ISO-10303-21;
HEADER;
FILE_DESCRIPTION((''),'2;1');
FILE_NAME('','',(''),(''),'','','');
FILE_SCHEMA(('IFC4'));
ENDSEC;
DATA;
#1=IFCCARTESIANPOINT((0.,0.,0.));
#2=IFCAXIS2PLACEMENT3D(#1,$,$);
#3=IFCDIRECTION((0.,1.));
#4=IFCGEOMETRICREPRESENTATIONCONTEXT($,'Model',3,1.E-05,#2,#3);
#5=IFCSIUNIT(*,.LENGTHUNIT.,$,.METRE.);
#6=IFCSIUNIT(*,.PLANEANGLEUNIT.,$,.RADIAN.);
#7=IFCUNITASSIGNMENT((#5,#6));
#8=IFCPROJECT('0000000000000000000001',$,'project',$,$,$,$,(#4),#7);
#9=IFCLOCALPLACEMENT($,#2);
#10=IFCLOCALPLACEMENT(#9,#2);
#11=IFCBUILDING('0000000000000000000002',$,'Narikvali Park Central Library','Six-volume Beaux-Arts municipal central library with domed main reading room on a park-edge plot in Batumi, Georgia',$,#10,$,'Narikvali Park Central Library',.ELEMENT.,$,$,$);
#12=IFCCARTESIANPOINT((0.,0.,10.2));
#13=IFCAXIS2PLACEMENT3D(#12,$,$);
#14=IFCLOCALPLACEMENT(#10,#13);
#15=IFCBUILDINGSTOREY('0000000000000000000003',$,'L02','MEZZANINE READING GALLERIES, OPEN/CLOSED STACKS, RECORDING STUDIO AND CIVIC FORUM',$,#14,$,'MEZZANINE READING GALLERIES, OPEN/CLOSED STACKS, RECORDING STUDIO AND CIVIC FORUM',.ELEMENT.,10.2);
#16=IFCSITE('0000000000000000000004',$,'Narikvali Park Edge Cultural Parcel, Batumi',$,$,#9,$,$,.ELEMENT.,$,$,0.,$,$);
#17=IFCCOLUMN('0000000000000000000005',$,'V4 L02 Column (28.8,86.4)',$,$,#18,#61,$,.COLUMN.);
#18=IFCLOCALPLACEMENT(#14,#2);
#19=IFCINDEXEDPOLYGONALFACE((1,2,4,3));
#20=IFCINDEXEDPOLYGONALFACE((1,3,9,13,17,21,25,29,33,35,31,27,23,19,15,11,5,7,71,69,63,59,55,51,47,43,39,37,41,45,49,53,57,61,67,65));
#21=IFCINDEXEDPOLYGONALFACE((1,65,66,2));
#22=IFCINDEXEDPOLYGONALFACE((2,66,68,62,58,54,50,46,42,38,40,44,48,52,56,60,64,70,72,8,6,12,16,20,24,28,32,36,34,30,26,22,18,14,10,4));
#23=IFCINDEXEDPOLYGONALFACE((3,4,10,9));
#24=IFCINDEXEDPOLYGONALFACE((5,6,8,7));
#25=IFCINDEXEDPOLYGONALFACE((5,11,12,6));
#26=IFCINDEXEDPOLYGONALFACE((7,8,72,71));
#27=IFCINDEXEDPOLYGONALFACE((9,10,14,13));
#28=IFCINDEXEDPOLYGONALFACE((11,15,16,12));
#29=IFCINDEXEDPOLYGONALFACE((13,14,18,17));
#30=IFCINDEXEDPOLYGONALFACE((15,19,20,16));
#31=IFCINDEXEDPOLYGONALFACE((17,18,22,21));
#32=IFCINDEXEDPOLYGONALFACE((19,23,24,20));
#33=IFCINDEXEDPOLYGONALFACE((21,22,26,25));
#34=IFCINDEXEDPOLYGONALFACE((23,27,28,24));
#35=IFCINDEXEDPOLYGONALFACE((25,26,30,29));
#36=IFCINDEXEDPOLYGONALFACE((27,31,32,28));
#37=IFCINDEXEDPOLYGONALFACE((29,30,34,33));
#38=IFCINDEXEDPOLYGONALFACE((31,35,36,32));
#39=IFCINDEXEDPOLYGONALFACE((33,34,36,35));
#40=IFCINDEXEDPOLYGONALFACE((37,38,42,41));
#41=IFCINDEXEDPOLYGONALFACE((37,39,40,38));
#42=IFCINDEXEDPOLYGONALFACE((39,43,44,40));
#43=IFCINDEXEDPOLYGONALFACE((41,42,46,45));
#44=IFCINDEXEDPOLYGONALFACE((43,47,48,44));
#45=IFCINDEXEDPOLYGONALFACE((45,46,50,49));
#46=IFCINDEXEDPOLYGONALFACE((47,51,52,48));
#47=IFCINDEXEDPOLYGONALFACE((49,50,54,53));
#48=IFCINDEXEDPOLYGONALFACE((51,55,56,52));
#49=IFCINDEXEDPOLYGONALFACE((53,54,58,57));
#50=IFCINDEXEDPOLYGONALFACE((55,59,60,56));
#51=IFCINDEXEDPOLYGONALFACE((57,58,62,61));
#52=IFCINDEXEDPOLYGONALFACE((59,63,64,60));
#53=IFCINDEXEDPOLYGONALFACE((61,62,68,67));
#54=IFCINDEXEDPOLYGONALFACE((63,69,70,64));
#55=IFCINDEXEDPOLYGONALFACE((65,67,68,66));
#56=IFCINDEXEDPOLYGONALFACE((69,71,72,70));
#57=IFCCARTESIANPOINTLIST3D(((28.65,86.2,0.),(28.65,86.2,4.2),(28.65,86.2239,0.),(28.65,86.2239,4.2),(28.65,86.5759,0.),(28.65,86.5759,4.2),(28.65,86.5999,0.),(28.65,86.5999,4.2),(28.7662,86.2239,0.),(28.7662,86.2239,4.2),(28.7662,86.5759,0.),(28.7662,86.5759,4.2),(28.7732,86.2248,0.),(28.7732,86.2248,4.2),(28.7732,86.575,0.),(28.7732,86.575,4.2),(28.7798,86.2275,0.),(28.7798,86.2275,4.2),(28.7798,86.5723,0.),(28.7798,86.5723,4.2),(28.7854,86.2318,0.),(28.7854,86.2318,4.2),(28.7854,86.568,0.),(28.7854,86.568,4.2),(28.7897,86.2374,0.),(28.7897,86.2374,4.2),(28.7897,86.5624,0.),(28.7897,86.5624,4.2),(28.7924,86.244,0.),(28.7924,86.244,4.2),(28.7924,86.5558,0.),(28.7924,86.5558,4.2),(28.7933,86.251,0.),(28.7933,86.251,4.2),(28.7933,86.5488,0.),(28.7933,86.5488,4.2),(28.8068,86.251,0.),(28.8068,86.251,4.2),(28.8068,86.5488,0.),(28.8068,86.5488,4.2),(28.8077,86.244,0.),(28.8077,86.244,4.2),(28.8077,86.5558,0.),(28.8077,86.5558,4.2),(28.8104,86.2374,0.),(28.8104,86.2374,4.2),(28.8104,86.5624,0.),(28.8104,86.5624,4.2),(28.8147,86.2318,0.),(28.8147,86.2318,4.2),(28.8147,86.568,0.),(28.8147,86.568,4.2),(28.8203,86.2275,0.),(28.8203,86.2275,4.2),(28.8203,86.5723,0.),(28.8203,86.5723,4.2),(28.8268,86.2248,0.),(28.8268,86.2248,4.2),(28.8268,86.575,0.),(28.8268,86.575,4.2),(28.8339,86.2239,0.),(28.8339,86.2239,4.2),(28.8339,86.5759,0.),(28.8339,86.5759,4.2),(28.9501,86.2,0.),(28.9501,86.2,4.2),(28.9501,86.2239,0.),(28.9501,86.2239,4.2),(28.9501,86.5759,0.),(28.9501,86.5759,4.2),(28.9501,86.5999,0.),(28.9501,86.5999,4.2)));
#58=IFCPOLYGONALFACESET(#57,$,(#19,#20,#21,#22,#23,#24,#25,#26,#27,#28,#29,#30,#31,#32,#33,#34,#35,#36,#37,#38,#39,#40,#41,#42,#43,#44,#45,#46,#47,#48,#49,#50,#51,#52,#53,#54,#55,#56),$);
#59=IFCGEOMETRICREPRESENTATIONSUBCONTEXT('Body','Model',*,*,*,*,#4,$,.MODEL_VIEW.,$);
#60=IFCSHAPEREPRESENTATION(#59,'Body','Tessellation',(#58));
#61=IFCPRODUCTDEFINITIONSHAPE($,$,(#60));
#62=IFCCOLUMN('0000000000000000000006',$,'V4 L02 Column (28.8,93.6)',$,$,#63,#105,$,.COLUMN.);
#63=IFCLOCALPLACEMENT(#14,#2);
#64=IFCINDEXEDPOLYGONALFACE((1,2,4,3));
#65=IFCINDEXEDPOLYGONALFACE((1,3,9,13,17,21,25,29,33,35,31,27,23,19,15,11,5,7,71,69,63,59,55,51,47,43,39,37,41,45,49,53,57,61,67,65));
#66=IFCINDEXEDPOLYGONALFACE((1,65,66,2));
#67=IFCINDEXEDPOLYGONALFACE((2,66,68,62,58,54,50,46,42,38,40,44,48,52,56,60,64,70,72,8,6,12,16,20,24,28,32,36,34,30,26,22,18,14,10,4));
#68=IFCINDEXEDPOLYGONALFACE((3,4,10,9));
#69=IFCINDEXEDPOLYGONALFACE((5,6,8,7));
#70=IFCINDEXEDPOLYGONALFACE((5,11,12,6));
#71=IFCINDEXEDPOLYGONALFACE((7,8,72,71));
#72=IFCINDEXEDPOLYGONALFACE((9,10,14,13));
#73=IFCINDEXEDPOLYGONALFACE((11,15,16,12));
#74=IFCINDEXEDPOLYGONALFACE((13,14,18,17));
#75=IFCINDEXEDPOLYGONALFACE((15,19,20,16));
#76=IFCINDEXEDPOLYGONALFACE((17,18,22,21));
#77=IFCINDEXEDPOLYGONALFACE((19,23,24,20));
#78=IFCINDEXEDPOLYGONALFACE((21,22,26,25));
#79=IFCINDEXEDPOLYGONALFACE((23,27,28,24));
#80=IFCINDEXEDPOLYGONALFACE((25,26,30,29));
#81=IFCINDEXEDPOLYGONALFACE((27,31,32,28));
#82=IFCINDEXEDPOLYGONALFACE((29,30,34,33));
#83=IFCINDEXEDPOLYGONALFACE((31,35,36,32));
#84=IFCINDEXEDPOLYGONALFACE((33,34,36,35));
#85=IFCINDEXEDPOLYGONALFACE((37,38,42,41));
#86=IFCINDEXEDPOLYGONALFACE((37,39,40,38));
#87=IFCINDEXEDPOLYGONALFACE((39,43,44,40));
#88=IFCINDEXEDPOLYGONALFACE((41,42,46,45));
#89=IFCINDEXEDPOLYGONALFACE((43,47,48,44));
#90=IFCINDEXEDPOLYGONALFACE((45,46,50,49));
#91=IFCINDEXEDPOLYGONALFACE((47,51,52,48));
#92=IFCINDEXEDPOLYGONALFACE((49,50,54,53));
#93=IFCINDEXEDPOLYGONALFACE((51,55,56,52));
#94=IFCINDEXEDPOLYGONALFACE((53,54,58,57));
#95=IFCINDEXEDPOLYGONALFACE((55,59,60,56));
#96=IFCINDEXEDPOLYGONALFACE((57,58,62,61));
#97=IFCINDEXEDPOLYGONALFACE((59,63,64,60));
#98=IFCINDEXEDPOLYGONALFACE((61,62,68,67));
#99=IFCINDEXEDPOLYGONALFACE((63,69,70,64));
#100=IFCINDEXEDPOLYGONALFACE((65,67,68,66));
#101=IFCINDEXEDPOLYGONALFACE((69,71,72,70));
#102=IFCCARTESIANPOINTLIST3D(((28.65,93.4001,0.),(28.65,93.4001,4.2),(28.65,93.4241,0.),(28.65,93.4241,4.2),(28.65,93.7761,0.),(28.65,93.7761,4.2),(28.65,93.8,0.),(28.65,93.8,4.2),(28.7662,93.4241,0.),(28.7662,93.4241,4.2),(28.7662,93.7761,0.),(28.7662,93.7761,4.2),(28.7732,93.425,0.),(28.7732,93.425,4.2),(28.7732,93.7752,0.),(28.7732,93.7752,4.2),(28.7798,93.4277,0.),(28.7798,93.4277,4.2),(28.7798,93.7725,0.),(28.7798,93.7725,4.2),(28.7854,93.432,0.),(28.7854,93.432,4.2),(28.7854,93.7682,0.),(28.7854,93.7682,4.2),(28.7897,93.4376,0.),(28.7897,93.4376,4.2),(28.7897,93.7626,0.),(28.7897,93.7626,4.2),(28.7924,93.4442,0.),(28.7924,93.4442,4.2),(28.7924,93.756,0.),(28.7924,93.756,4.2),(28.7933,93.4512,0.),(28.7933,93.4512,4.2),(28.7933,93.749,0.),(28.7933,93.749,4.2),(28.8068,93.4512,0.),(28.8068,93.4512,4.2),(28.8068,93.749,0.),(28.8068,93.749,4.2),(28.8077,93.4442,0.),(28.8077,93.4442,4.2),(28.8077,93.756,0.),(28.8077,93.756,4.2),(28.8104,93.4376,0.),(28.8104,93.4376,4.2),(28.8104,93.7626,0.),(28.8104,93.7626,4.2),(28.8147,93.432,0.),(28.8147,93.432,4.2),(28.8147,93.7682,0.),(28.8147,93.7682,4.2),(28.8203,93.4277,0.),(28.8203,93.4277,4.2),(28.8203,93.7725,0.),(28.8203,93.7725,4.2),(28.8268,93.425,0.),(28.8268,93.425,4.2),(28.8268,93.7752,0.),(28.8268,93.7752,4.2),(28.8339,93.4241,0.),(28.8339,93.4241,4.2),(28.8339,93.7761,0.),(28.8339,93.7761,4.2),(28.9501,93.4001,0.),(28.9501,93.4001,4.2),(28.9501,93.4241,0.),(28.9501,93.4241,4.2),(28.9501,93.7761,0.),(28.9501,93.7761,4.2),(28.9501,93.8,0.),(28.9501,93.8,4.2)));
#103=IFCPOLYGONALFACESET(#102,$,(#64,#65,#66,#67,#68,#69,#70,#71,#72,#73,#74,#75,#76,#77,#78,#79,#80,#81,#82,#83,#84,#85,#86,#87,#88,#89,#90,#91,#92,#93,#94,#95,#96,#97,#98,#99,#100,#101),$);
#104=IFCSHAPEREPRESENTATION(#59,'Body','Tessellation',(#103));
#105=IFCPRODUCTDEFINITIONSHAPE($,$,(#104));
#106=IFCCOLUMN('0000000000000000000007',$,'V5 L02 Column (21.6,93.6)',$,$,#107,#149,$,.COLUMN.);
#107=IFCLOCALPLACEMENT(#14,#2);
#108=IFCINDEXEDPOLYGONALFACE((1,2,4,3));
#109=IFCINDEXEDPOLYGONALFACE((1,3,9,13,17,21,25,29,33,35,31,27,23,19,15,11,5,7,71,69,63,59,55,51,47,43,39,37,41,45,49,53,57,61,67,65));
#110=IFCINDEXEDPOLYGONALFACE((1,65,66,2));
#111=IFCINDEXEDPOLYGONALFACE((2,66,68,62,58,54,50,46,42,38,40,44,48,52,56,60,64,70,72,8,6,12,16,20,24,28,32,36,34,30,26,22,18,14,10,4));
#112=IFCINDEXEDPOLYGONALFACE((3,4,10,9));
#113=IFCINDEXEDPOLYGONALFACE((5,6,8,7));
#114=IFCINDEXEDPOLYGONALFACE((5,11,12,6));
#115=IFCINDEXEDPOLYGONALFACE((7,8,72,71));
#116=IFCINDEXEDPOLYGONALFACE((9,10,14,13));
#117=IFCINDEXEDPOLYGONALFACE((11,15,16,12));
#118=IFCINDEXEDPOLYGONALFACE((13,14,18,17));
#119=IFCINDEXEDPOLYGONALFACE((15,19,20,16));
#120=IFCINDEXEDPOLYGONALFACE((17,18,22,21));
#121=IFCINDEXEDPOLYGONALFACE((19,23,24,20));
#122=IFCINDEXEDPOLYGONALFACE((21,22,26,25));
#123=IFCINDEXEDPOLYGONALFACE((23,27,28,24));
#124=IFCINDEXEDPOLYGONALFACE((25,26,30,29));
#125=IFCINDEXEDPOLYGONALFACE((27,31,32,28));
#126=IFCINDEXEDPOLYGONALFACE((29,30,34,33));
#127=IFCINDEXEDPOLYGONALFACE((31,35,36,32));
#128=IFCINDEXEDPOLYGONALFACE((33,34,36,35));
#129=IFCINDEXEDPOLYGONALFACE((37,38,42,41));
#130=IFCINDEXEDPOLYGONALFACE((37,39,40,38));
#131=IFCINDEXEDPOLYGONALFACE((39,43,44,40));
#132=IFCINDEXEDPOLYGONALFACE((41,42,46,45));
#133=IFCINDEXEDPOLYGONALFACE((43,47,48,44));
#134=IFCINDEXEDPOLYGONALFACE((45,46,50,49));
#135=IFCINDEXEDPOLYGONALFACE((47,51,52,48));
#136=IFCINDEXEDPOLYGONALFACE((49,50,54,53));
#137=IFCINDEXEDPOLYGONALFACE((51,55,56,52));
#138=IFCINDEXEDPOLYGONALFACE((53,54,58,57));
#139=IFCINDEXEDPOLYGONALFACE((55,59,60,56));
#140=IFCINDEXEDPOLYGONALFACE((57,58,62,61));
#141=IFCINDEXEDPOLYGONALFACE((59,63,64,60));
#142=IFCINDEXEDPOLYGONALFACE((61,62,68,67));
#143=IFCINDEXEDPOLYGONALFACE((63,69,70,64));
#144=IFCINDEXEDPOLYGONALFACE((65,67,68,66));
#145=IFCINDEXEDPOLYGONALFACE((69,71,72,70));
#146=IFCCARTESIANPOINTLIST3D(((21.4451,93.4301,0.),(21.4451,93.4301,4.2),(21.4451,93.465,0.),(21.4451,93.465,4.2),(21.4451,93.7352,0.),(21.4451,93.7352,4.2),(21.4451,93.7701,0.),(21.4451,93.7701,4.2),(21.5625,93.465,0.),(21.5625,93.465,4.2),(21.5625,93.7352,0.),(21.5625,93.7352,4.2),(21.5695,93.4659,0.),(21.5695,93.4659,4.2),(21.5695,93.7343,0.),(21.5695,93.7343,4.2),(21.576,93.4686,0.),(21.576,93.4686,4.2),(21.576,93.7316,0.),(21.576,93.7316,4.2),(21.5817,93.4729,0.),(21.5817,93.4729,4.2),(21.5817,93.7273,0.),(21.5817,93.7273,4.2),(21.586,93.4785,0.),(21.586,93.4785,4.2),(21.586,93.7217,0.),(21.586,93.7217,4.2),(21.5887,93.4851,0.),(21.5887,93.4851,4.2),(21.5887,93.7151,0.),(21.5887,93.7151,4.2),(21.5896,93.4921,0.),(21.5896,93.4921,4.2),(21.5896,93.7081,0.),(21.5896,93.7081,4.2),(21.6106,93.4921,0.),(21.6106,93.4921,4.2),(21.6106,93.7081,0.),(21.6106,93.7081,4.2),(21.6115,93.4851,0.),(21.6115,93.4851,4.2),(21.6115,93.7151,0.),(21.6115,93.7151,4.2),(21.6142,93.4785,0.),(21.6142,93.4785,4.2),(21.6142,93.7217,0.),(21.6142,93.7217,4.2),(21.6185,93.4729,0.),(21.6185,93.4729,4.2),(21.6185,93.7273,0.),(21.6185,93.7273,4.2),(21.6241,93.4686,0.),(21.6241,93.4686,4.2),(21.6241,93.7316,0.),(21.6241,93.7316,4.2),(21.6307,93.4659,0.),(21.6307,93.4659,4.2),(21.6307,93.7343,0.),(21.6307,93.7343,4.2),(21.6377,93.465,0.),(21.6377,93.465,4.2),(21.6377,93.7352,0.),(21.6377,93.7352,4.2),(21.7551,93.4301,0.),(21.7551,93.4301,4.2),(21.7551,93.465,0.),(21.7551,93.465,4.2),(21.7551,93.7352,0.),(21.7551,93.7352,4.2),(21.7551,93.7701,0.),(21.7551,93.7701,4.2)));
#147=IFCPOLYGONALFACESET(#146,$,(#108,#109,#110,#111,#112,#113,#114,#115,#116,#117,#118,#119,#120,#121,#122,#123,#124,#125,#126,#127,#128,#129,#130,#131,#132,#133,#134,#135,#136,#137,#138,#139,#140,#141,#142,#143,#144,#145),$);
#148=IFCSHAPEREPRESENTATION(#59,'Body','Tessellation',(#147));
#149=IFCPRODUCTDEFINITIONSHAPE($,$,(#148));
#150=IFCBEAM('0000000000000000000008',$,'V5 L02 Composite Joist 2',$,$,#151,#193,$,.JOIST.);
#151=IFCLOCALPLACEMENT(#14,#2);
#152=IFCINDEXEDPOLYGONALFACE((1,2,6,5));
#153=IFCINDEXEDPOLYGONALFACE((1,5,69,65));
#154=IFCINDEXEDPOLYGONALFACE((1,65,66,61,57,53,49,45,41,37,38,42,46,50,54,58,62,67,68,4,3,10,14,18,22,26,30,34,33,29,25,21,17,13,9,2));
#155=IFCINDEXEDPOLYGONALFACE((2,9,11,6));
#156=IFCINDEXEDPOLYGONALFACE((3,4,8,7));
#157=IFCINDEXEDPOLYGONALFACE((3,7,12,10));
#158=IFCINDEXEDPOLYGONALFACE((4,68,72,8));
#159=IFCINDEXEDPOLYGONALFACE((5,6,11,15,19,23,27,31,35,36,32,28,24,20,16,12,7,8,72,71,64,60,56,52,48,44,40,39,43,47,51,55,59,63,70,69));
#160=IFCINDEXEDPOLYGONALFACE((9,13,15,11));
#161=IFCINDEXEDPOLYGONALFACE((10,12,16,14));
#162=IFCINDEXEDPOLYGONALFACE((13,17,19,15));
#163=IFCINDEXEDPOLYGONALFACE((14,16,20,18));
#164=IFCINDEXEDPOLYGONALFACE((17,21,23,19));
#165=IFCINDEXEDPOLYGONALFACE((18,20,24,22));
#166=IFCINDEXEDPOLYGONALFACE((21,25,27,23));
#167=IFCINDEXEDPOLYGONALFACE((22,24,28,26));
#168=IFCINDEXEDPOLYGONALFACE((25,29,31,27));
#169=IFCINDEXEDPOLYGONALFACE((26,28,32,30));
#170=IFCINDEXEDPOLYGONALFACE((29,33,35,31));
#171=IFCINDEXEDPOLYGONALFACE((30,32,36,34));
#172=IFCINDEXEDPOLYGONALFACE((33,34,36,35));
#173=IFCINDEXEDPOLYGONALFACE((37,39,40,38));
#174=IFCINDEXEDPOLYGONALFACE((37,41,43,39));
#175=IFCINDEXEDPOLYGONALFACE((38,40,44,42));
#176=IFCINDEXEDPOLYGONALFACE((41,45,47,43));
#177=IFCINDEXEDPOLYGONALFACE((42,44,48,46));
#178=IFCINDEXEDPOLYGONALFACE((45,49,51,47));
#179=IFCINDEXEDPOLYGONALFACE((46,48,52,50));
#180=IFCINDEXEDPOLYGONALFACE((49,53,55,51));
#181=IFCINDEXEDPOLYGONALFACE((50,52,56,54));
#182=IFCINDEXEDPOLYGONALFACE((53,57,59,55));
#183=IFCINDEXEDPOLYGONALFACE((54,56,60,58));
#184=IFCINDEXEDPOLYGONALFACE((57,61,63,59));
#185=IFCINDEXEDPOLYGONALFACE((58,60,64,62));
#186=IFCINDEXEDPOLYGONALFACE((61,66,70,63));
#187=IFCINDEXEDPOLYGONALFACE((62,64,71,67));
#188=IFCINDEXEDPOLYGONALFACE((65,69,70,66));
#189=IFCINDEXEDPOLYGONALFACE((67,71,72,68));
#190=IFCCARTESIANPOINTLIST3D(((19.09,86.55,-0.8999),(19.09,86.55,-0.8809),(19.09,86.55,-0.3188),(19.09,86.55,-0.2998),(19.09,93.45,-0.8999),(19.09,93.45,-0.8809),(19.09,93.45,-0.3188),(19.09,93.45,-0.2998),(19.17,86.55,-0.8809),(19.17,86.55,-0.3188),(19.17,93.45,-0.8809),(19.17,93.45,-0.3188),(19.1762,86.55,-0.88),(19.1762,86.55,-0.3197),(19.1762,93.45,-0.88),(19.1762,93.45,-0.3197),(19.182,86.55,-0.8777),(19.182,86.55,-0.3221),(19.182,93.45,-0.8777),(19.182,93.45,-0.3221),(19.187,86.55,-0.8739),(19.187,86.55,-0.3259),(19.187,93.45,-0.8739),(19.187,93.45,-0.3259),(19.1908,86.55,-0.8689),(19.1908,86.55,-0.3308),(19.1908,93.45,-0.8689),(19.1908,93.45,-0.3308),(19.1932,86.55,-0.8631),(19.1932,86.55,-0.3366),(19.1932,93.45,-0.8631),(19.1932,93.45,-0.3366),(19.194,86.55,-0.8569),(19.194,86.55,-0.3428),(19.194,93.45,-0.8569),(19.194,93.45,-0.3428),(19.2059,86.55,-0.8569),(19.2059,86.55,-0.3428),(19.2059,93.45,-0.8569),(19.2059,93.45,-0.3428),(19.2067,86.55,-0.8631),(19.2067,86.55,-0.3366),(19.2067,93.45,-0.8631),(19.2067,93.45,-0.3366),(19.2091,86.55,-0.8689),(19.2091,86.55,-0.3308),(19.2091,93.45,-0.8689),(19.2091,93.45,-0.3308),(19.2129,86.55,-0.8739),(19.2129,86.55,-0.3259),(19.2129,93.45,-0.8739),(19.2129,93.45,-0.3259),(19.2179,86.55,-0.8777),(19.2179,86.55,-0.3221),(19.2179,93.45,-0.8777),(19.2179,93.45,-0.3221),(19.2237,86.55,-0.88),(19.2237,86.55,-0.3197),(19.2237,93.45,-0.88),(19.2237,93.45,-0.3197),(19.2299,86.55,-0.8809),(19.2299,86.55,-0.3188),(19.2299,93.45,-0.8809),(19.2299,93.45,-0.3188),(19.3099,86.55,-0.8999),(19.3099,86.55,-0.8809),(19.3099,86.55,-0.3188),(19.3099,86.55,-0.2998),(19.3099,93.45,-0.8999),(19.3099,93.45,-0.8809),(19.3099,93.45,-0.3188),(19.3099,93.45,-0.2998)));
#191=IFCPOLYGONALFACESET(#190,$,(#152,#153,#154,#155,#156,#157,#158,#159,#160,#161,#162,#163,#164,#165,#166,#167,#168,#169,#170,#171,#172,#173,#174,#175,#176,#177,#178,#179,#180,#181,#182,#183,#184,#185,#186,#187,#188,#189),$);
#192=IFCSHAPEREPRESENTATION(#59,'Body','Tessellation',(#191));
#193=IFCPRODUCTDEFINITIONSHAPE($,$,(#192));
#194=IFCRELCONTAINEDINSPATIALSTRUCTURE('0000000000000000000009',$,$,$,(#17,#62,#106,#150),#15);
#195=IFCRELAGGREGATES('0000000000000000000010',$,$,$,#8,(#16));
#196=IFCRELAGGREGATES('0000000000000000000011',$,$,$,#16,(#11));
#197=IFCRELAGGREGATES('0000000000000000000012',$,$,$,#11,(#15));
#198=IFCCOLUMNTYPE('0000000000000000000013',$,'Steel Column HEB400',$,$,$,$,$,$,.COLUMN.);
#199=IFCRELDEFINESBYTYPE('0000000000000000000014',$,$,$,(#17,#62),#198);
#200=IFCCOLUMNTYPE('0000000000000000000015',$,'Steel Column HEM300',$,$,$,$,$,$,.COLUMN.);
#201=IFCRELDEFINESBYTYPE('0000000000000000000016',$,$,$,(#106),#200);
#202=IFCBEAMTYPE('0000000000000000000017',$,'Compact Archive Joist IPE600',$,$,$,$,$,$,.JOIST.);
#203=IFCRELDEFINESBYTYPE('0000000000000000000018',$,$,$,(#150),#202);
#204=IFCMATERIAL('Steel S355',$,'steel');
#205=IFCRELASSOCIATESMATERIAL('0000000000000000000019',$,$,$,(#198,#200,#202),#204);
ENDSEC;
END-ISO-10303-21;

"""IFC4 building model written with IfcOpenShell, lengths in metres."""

from ifc_helpers import new_model, si_unit, direction, frame, origin, origin_2d, place, context, subcontext, project, spatial, i_section, extrude, material, material_profile, profile_set, type_object, element, save


model = new_model("IFC4")

# Units and contexts
model_context = context("Model", 3, precision=1e-05, world=origin(), true_north=direction((0.0, 1.0)))
body_context = subcontext(model_context, "Body", "Model", "MODEL_VIEW")
ifc_project = project(units=[si_unit("LENGTHUNIT", "METRE"), si_unit("PLANEANGLEUNIT", "RADIAN")], contexts=[model_context])

# Site, building, storey
site_placement = place(None, origin())
site = spatial("IfcSite", under=ifc_project, at=site_placement, Name="Narikvali Park Edge Cultural Parcel, Batumi", CompositionType="ELEMENT", RefElevation=0.0)
building_placement = place(site_placement, origin())
building = spatial("IfcBuilding", under=site, at=building_placement, Name="Narikvali Park Central Library", Description="Six-volume Beaux-Arts municipal central library with domed main reading room on a park-edge plot in Batumi, Georgia", LongName="Narikvali Park Central Library", CompositionType="ELEMENT")
storey_placement = place(building_placement, frame((0.0, 0.0, 10.2)))
storey = spatial("IfcBuildingStorey", under=building, at=storey_placement, Name="L02", Description="MEZZANINE READING GALLERIES, OPEN/CLOSED STACKS, RECORDING STUDIO AND CIVIC FORUM", LongName="MEZZANINE READING GALLERIES, OPEN/CLOSED STACKS, RECORDING STUDIO AND CIVIC FORUM", CompositionType="ELEMENT", Elevation=10.2)

# Columns
ifc_material_1 = material(Name="Steel S355", Category="steel")
ifc_material_profile_1 = material_profile(ifc_material_1, i_section(OverallWidth=0.3, OverallDepth=0.3999, WebThickness=0.0134, FlangeThickness=0.0239, FilletRadius=0.0271, at=origin_2d()), Name="HEB 400")
ifc_profile_set_1 = profile_set([ifc_material_profile_1], Name="Steel S355")
column_type_1 = type_object("IfcColumnType", Name="Steel Column HEB400", PredefinedType="COLUMN", material=ifc_profile_set_1)
for number, where, z_axis, x_axis, name in (
    (1, (28.8, 86.3999, 0.0), (0.0, 0.0, 1.0), (1.0, 0.0, 0.0), "V4 L02 Column (28.8,86.4)"),
    (2, (28.8, 93.6001, 0.0), (0.0, 0.0, 1.0), (1.0, 0.0, 0.0), "V4 L02 Column (28.8,93.6)"),
):
    element("IfcColumn", number, at=place(storey_placement, frame(where, z_axis=z_axis, x_axis=x_axis)), inside=storey, type_object=column_type_1, Name=name, PredefinedType="COLUMN", context=body_context, shape_type="SweptSolid", body=[
        extrude(i_section(OverallWidth=0.3, OverallDepth=0.3999, WebThickness=0.0134, FlangeThickness=0.0239, FilletRadius=0.0271, at=origin_2d()), origin(), (0.0, 0.0, 1.0), 4.2),
    ])
ifc_material_profile_2 = material_profile(ifc_material_1, i_section(OverallWidth=0.3101, OverallDepth=0.3401, WebThickness=0.021, FlangeThickness=0.0349, FilletRadius=0.0271, at=origin_2d()), Name="HEM 300")
ifc_profile_set_2 = profile_set([ifc_material_profile_2], Name="Steel S355")
column_type_2 = type_object("IfcColumnType", Name="Steel Column HEM300", PredefinedType="COLUMN", material=ifc_profile_set_2)
column_placement = place(storey_placement, frame((21.6001, 93.6001, 0.0), z_axis=(0.0, 0.0, 1.0), x_axis=(1.0, 0.0, 0.0)))
element("IfcColumn", 3, at=column_placement, inside=storey, type_object=column_type_2, Name="V5 L02 Column (21.6,93.6)", PredefinedType="COLUMN", context=body_context, shape_type="SweptSolid", body=[
    extrude(i_section(OverallWidth=0.3101, OverallDepth=0.3401, WebThickness=0.021, FlangeThickness=0.0349, FilletRadius=0.0271, at=origin_2d()), origin(), (0.0, 0.0, 1.0), 4.2),
])

# Beam
ifc_material_profile_3 = material_profile(ifc_material_1, i_section(OverallWidth=0.22, OverallDepth=0.6001, WebThickness=0.012, FlangeThickness=0.019, FilletRadius=0.0239, at=origin_2d()), Name="IPE 600")
ifc_profile_set_3 = profile_set([ifc_material_profile_3], Name="Steel S355")
beam_type_1 = type_object("IfcBeamType", Name="Compact Archive Joist IPE600", PredefinedType="JOIST", material=ifc_profile_set_3)
beam_1_placement = place(storey_placement, frame((19.2, 86.55, -0.5999), z_axis=(0.0, 1.0, 0.0), x_axis=(-1.0, 0.0, 0.0)))
element("IfcBeam", 4, at=beam_1_placement, inside=storey, type_object=beam_type_1, Name="V5 L02 Composite Joist 2", PredefinedType="JOIST", context=body_context, shape_type="SweptSolid", body=[
    extrude(i_section(OverallWidth=0.22, OverallDepth=0.6001, WebThickness=0.012, FlangeThickness=0.019, FilletRadius=0.0239, at=origin_2d()), origin(), (0.0, 0.0, 1.0), 6.8999),
])

save(model, "model.ifc")
